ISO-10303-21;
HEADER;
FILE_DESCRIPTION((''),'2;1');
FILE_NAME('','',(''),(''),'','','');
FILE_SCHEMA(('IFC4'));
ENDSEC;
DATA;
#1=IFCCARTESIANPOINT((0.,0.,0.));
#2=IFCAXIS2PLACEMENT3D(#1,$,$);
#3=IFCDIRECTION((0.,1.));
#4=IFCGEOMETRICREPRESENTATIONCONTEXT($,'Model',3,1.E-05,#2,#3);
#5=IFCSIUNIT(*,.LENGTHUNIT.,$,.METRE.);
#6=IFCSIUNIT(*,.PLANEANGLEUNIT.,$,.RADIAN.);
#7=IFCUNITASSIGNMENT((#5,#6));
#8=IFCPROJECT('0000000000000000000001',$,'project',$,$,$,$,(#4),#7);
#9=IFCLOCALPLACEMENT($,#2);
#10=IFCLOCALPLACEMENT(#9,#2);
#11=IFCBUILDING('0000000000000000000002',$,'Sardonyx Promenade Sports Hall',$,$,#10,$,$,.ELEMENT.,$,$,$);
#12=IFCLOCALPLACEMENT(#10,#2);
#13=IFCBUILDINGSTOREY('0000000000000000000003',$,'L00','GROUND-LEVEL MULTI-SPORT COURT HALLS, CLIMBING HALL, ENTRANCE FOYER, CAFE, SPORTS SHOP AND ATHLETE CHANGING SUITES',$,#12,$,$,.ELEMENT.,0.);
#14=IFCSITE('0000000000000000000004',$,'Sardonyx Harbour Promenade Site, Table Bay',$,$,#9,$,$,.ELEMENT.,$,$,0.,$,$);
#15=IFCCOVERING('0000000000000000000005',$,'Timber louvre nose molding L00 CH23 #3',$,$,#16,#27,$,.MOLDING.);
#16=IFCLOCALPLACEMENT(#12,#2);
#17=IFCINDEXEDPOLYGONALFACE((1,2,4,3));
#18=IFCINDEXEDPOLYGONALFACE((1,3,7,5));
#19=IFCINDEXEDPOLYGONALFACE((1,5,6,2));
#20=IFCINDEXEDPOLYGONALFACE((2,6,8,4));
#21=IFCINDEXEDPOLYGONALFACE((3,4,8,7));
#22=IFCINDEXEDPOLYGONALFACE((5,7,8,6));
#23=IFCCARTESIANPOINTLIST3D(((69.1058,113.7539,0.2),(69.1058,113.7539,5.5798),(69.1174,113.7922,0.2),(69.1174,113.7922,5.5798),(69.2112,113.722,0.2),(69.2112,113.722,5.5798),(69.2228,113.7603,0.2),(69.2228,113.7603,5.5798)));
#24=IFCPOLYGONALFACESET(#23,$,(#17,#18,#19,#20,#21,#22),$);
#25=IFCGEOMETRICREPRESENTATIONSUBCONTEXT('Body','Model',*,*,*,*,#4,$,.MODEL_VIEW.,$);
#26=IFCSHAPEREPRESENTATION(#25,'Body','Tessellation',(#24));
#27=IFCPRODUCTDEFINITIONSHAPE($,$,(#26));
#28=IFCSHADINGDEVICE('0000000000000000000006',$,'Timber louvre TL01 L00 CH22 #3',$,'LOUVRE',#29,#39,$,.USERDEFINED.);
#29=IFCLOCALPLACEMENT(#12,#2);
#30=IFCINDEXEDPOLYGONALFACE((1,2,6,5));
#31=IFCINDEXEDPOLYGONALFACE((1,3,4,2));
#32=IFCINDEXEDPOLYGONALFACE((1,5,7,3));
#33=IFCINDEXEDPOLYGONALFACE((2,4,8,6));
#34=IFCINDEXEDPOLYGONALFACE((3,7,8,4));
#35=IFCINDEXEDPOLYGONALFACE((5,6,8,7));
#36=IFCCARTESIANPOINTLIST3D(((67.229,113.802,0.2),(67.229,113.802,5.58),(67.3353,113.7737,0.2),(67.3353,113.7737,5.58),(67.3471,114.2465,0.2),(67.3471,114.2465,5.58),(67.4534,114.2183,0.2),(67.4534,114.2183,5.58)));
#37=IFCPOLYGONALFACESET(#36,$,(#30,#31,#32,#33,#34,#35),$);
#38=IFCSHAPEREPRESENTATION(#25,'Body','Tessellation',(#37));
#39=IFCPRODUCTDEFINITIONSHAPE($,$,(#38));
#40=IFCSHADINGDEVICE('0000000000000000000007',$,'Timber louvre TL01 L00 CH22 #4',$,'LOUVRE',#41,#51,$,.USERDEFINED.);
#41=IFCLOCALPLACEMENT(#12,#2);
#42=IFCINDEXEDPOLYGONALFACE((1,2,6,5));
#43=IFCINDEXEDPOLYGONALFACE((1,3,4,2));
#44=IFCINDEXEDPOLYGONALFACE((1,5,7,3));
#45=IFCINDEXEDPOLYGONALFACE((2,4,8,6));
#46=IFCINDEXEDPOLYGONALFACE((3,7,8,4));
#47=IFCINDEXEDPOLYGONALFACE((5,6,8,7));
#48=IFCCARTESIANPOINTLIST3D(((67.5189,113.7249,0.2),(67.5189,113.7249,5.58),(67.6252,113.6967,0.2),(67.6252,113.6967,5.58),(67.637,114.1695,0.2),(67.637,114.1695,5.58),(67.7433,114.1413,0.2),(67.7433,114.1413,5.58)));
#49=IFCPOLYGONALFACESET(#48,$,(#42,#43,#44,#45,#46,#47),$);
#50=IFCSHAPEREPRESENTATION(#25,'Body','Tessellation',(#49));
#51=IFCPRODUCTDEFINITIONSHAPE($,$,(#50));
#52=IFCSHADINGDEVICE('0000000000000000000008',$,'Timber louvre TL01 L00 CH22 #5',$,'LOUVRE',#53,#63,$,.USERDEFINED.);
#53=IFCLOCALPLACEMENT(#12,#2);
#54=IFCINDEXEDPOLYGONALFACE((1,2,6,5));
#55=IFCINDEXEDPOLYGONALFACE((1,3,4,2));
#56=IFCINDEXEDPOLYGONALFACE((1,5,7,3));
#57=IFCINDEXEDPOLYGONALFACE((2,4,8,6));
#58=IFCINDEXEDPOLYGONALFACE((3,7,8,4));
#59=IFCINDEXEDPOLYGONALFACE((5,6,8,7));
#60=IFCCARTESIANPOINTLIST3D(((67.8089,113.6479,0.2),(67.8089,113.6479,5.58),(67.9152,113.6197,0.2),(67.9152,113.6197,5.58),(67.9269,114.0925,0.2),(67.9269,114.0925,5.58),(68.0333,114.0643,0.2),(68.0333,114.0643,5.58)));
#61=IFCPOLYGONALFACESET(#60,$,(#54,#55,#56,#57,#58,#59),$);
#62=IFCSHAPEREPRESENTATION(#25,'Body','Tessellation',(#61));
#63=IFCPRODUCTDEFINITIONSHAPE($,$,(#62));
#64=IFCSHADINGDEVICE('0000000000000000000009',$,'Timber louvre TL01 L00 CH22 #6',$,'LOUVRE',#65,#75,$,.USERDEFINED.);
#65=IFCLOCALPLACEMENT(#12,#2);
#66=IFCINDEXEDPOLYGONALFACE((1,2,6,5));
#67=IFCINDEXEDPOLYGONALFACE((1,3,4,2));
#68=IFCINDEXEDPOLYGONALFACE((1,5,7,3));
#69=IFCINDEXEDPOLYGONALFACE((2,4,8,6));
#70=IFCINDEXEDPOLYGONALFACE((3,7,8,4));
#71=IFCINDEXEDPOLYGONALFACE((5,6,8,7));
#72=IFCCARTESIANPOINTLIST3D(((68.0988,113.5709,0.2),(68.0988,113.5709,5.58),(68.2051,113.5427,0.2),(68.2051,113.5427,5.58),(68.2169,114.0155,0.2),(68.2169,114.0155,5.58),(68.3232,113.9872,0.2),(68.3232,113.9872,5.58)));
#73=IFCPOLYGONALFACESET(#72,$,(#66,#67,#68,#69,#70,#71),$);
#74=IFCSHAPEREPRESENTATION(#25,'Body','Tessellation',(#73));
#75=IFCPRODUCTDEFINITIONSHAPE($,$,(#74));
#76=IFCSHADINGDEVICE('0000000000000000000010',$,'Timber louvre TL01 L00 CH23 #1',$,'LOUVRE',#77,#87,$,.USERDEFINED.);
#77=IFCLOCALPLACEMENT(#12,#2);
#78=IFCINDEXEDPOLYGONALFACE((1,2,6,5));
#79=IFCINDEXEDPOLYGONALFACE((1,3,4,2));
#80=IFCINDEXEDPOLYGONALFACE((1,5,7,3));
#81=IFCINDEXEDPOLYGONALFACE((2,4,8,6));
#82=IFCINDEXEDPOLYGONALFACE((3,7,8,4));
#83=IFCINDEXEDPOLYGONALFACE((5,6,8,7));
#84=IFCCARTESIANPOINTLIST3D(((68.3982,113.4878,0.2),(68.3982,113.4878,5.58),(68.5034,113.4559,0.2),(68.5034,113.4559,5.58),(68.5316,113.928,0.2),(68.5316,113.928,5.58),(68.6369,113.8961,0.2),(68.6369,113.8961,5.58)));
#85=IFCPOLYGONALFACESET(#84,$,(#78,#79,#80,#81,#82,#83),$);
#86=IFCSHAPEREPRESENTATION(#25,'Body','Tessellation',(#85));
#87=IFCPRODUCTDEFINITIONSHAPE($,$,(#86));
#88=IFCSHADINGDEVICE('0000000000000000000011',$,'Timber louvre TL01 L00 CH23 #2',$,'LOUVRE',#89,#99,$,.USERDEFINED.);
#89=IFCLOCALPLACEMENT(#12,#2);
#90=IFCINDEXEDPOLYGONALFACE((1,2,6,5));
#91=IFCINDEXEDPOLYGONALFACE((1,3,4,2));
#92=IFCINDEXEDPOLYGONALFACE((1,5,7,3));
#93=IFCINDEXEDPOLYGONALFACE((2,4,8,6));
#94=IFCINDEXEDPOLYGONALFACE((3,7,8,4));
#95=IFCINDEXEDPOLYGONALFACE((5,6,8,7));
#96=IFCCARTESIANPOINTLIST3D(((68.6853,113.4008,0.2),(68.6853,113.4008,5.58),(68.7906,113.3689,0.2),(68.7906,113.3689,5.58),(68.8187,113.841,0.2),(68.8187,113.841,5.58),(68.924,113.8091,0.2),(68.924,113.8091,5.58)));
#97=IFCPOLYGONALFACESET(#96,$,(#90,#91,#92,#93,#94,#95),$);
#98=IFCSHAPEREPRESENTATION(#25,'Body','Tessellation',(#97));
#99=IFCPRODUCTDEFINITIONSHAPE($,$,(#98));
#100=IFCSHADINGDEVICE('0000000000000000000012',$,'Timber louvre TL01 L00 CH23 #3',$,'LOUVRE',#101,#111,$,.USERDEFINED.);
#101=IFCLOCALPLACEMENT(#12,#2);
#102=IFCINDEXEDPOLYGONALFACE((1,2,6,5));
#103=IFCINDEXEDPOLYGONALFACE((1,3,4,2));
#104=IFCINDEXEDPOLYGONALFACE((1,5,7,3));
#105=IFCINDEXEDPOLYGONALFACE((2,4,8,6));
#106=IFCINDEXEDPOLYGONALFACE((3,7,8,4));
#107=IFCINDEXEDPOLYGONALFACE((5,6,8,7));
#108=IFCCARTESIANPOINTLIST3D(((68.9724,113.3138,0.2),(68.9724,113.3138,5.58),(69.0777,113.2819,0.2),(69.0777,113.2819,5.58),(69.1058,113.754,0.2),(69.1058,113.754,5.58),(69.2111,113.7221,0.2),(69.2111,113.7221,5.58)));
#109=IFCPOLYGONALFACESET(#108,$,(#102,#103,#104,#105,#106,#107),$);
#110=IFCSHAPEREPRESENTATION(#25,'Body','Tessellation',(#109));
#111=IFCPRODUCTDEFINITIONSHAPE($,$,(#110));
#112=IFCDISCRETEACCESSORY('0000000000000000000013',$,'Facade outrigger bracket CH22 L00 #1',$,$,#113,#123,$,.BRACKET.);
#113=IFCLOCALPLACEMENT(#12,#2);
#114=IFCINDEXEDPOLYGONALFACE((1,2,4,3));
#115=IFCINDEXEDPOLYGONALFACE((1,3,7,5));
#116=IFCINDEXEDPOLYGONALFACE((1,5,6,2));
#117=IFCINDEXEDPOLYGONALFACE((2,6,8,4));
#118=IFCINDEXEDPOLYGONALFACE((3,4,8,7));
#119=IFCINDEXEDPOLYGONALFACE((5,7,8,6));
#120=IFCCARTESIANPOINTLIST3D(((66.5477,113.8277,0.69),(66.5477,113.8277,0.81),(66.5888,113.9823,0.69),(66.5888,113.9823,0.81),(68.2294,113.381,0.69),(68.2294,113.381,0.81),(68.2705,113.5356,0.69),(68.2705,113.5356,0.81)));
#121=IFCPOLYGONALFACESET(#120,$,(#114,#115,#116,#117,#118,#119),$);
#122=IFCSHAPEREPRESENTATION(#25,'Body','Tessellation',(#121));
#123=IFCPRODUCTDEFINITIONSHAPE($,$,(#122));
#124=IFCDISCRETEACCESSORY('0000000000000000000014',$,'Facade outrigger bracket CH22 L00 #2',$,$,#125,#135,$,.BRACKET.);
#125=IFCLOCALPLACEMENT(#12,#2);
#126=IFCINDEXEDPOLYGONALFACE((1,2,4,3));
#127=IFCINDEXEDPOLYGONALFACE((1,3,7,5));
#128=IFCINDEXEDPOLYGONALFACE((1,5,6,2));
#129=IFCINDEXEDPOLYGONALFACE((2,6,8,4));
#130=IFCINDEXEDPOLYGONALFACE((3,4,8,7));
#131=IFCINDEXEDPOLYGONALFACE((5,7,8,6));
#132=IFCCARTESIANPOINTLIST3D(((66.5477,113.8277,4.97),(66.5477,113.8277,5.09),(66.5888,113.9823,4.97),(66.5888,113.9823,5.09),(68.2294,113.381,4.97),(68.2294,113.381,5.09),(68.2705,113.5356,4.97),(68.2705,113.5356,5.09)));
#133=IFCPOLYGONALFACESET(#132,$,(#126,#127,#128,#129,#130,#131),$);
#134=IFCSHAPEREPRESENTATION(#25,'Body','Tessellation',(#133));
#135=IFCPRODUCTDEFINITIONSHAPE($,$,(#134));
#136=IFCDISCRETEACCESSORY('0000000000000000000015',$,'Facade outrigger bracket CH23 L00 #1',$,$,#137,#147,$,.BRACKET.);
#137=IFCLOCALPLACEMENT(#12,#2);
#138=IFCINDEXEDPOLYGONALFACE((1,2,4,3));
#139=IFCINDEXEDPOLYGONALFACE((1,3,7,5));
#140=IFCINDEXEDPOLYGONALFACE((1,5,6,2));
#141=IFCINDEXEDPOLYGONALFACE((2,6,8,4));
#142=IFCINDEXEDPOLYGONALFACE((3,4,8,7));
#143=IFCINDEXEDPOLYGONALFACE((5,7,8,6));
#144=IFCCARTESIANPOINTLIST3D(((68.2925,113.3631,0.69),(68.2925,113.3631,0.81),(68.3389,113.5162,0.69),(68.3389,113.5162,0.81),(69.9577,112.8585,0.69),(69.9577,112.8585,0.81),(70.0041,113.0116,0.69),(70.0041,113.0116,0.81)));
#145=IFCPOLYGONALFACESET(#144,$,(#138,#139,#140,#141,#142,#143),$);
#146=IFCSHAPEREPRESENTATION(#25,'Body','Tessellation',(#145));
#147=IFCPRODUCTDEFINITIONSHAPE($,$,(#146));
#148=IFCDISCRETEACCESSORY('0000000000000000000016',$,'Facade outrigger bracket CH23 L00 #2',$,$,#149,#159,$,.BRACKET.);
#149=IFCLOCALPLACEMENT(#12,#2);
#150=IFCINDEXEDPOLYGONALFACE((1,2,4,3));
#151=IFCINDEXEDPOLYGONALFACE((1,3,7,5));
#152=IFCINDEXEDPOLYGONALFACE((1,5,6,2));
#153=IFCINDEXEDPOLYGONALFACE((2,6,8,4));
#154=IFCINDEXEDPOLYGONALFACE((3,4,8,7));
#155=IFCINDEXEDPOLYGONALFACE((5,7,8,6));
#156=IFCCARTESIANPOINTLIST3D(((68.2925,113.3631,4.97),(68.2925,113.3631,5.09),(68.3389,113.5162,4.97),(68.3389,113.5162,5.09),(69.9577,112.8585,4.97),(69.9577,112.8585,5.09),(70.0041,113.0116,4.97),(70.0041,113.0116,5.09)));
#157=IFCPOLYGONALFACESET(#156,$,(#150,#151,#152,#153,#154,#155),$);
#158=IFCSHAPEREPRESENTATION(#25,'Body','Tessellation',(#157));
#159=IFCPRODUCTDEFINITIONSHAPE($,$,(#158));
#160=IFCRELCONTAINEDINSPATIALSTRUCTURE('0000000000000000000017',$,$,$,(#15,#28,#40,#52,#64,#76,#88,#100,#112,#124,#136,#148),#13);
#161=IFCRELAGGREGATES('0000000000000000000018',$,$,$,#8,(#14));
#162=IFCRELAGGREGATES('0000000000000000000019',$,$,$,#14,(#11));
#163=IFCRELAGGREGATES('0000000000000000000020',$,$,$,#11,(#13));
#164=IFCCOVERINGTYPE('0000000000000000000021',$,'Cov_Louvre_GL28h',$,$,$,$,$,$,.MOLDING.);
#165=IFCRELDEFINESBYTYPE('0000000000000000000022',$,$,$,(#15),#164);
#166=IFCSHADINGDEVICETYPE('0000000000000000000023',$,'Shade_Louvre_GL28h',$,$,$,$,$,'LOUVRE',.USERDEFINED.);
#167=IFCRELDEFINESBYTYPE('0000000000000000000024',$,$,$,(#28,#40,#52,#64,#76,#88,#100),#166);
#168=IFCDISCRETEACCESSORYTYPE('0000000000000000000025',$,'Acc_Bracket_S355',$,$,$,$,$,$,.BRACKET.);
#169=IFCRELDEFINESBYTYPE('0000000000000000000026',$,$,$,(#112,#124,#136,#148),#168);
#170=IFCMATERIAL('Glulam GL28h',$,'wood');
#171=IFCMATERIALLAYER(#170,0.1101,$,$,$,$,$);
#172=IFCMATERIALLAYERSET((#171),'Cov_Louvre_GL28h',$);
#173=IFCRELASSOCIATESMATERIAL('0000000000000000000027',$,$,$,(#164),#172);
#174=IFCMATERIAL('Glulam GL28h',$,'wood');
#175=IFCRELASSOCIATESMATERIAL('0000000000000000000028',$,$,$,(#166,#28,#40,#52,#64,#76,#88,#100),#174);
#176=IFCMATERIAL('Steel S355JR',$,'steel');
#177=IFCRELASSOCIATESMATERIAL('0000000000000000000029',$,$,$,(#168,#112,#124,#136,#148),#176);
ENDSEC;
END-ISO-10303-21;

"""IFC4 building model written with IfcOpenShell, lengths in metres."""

from ifc_helpers import new_model, si_unit, direction, frame, origin, origin_2d, place, context, subcontext, project, spatial, rectangle, extrude, material, layer, layer_set, type_object, element, save


model = new_model("IFC4")

# Units and contexts
model_context = context("Model", 3, precision=1e-05, world=origin(), true_north=direction((0.0, 1.0)))
body_context = subcontext(model_context, "Body", "Model", "MODEL_VIEW")
ifc_project = project(units=[si_unit("LENGTHUNIT", "METRE"), si_unit("PLANEANGLEUNIT", "RADIAN")], contexts=[model_context])

# Site, building, storey
site_placement = place(None, origin())
site = spatial("IfcSite", under=ifc_project, at=site_placement, Name="Sardonyx Harbour Promenade Site, Table Bay", CompositionType="ELEMENT", RefElevation=0.0)
building_placement = place(site_placement, origin())
building = spatial("IfcBuilding", under=site, at=building_placement, Name="Sardonyx Promenade Sports Hall", CompositionType="ELEMENT")
storey_placement = place(building_placement, origin())
storey = spatial("IfcBuildingStorey", under=building, at=storey_placement, Name="L00", Description="GROUND-LEVEL MULTI-SPORT COURT HALLS, CLIMBING HALL, ENTRANCE FOYER, CAFE, SPORTS SHOP AND ATHLETE CHANGING SUITES", CompositionType="ELEMENT", Elevation=0.0)

# Covering
ifc_material_1 = material(Name="Glulam GL28h", Category="wood")
ifc_layer_1 = layer(ifc_material_1, 0.1101)
ifc_layer_set_1 = layer_set([ifc_layer_1], Name="Cov_Louvre_GL28h")
covering_type = type_object("IfcCoveringType", Name="Cov_Louvre_GL28h", PredefinedType="MOLDING", material=ifc_layer_set_1)
for number, where, z_axis, x_axis, name in (
    (1, (69.1643, 113.7571, 0.2), (0.0, 0.0, 1.0), (0.957021, -0.290017, 0.0), "Timber louvre nose molding L00 CH23 #3"),
):
    element("IfcCovering", number, at=place(storey_placement, frame(where, z_axis=z_axis, x_axis=x_axis)), inside=storey, type_object=covering_type, Name=name, PredefinedType="MOLDING", context=body_context, shape_type="SweptSolid", body=[
        extrude(rectangle(XDim=0.1101, YDim=0.04, at=origin_2d()), origin(), (0.0, 0.0, 1.0), 5.3799),
    ])

# Shading devices
ifc_material_2 = material(Name="Glulam GL28h", Category="wood")
shading_device_type = type_object("IfcShadingDeviceType", Name="Shade_Louvre_GL28h", ElementType="LOUVRE", PredefinedType="USERDEFINED", material=ifc_material_2)
for number, where, z_axis, x_axis, name in (
    (2, (67.3412, 114.0101, 0.2), (0.0, 0.0, 1.0), (0.966485, -0.256721, 0.0), "Timber louvre TL01 L00 CH22 #3"),
    (3, (67.6311, 113.9331, 0.2), (0.0, 0.0, 1.0), (0.966485, -0.256721, 0.0), "Timber louvre TL01 L00 CH22 #4"),
    (4, (67.9211, 113.8561, 0.2), (0.0, 0.0, 1.0), (0.966485, -0.256721, 0.0), "Timber louvre TL01 L00 CH22 #5"),
    (5, (68.211, 113.7791, 0.2), (0.0, 0.0, 1.0), (0.966485, -0.256721, 0.0), "Timber louvre TL01 L00 CH22 #6"),
    (6, (68.5175, 113.692, 0.2), (0.0, 0.0, 1.0), (0.957021, -0.290017, 0.0), "Timber louvre TL01 L00 CH23 #1"),
    (7, (68.8046, 113.6049, 0.2), (0.0, 0.0, 1.0), (0.957021, -0.290017, 0.0), "Timber louvre TL01 L00 CH23 #2"),
    (8, (69.0917, 113.5179, 0.2), (0.0, 0.0, 1.0), (0.957021, -0.290017, 0.0), "Timber louvre TL01 L00 CH23 #3"),
):
    element("IfcShadingDevice", number, at=place(storey_placement, frame(where, z_axis=z_axis, x_axis=x_axis)), inside=storey, type_object=shading_device_type, material=ifc_material_2, Name=name, ObjectType="LOUVRE", PredefinedType="USERDEFINED", context=body_context, shape_type="SweptSolid", body=[
        extrude(rectangle(XDim=0.11, YDim=0.46), origin(), (0.0, 0.0, 1.0), 5.38),
    ])

# Discrete accessories
ifc_material_3 = material(Name="Steel S355JR", Category="steel")
discrete_accessory_type = type_object("IfcDiscreteAccessoryType", Name="Acc_Bracket_S355", PredefinedType="BRACKET", material=ifc_material_3)
for number, where, z_axis, x_axis, name in (
    (9, (67.4091, 113.6817, 0.69), (0.0, 0.0, 1.0), (0.966485, -0.256721, 0.0), "Facade outrigger bracket CH22 L00 #1"),
    (10, (67.4091, 113.6817, 4.97), (0.0, 0.0, 1.0), (0.966485, -0.256721, 0.0), "Facade outrigger bracket CH22 L00 #2"),
    (11, (69.1483, 113.1873, 0.69), (0.0, 0.0, 1.0), (0.957021, -0.290017, 0.0), "Facade outrigger bracket CH23 L00 #1"),
    (12, (69.1483, 113.1873, 4.97), (0.0, 0.0, 1.0), (0.957021, -0.290017, 0.0), "Facade outrigger bracket CH23 L00 #2"),
):
    element("IfcDiscreteAccessory", number, at=place(storey_placement, frame(where, z_axis=z_axis, x_axis=x_axis)), inside=storey, type_object=discrete_accessory_type, material=ifc_material_3, Name=name, PredefinedType="BRACKET", context=body_context, shape_type="SweptSolid", body=[
        extrude(rectangle(XDim=1.74, YDim=0.16), origin(), (0.0, 0.0, 1.0), 0.12),
    ])

save(model, "model.ifc")
